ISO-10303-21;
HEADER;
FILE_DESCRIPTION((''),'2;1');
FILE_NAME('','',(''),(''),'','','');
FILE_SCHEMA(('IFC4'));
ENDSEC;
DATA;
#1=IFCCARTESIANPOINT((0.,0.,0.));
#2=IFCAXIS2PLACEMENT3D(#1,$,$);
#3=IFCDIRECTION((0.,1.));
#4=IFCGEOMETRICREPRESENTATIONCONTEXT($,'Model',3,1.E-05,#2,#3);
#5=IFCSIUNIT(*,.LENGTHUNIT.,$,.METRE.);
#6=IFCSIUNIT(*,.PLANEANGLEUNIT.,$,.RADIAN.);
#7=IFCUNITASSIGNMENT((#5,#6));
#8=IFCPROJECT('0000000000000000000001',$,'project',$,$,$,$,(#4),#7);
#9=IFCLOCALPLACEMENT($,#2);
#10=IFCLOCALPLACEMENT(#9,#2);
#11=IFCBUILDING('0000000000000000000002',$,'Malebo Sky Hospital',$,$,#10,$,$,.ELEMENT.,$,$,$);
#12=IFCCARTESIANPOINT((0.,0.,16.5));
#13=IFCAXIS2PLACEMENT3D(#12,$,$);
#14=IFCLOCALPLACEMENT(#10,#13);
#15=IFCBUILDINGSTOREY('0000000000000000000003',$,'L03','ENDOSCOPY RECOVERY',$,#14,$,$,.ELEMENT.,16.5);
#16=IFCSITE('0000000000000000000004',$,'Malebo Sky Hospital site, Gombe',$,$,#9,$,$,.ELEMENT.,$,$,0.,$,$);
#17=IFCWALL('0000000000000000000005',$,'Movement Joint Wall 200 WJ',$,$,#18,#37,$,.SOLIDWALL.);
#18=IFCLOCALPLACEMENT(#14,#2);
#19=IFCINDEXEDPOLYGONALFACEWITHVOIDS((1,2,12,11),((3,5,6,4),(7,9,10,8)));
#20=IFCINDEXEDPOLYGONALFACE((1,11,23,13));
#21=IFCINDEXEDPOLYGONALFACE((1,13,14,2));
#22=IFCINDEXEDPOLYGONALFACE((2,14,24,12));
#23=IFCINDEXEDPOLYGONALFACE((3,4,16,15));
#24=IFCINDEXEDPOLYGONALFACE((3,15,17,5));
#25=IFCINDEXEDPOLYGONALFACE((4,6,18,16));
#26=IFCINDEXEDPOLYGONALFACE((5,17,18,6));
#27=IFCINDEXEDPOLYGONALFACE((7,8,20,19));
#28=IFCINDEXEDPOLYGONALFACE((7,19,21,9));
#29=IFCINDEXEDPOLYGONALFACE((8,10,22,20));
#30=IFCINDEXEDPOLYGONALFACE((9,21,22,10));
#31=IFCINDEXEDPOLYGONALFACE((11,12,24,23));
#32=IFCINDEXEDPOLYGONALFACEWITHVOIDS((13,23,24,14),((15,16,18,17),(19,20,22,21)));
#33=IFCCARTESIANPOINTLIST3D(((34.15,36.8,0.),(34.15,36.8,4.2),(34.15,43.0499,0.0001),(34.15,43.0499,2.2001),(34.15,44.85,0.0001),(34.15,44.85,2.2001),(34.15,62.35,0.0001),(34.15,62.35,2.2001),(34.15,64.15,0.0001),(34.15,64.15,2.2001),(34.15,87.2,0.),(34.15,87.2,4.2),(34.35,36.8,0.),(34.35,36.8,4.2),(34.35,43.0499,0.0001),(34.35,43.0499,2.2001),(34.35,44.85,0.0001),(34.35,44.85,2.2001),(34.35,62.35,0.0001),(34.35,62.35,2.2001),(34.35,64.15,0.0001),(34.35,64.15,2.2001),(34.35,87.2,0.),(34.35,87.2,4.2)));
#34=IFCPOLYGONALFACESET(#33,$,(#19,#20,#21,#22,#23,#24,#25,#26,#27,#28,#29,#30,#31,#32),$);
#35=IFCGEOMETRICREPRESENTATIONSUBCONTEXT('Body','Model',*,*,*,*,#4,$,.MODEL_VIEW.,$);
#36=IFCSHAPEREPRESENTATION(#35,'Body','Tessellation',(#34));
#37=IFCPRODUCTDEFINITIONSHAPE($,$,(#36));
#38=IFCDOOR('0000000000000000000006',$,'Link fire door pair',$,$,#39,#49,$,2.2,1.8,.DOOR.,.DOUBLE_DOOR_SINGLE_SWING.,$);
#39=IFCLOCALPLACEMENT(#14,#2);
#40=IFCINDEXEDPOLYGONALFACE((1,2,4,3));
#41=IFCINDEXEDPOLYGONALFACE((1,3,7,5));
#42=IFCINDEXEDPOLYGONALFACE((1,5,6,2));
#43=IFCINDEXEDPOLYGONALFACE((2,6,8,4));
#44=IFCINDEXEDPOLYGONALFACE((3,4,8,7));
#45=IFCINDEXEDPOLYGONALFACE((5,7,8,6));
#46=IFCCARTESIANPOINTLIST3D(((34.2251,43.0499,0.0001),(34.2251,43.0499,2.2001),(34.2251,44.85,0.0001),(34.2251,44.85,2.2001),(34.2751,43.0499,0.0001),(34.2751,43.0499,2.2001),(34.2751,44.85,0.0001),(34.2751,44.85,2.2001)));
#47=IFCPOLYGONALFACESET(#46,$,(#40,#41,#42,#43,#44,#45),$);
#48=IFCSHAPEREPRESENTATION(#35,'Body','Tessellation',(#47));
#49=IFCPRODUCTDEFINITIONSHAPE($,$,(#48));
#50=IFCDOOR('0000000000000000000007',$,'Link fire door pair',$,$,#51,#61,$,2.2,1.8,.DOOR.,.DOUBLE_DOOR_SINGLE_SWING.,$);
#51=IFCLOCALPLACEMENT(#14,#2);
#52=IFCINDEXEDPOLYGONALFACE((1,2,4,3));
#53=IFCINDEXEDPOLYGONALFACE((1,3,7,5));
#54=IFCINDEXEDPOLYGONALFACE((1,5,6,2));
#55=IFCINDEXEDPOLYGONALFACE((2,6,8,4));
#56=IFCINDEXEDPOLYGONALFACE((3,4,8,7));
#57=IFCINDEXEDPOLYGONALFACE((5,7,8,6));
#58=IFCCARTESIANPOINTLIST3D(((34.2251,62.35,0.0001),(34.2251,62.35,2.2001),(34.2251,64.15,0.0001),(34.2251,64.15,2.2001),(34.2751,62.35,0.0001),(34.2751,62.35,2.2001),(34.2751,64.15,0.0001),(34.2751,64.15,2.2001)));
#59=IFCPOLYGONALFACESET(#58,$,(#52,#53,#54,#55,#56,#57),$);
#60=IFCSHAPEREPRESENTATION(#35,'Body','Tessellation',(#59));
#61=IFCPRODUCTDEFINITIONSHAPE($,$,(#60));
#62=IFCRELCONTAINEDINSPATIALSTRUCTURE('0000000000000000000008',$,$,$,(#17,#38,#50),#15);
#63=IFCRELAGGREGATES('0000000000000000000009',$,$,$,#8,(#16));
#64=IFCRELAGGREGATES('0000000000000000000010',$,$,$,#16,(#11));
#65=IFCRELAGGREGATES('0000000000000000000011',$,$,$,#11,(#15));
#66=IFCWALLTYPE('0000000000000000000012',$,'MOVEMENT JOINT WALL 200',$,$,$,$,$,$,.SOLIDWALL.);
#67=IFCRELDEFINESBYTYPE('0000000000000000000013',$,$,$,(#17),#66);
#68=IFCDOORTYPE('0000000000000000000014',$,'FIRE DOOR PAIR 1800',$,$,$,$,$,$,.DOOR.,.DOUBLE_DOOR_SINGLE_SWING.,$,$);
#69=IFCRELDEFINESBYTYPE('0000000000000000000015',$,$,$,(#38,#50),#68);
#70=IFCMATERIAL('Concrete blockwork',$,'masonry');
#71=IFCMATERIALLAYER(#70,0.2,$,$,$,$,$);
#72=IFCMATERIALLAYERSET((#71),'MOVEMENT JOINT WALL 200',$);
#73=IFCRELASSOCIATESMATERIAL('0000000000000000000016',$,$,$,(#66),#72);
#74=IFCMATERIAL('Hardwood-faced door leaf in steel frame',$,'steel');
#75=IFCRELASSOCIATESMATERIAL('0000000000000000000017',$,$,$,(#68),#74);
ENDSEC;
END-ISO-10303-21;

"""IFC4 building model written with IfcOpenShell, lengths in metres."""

from ifc_helpers import new_model, si_unit, direction, frame, frame_2d, origin, place, context, subcontext, project, spatial, rectangle, extrude, material, layer, layer_set, type_object, element, fill, save


model = new_model("IFC4")

# Units and contexts
model_context = context("Model", 3, precision=1e-05, world=origin(), true_north=direction((0.0, 1.0)))
body_context = subcontext(model_context, "Body", "Model", "MODEL_VIEW")
ifc_project = project(units=[si_unit("LENGTHUNIT", "METRE"), si_unit("PLANEANGLEUNIT", "RADIAN")], contexts=[model_context])

# Site, building, storey
site_placement = place(None, origin())
site = spatial("IfcSite", under=ifc_project, at=site_placement, Name="Malebo Sky Hospital site, Gombe", CompositionType="ELEMENT", RefElevation=0.0)
building_placement = place(site_placement, origin())
building = spatial("IfcBuilding", under=site, at=building_placement, Name="Malebo Sky Hospital", CompositionType="ELEMENT")
storey_placement = place(building_placement, frame((0.0, 0.0, 16.5)))
storey = spatial("IfcBuildingStorey", under=building, at=storey_placement, Name="L03", Description="ENDOSCOPY RECOVERY", CompositionType="ELEMENT", Elevation=16.5)

# Wall, openings, doors
ifc_material_1 = material(Name="Concrete blockwork", Category="masonry")
ifc_layer_1 = layer(ifc_material_1, 0.2)
ifc_layer_set_1 = layer_set([ifc_layer_1], Name="MOVEMENT JOINT WALL 200")
wall_type = type_object("IfcWallType", Name="MOVEMENT JOINT WALL 200", PredefinedType="SOLIDWALL", material=ifc_layer_set_1)
wall_placement = place(storey_placement, frame((34.25, 36.8, 0.0), z_axis=(0.0, 0.0, 1.0), x_axis=(0.0, 1.0, 0.0)))
wall = element("IfcWall", 1, at=wall_placement, inside=storey, type_object=wall_type, Name="Movement Joint Wall 200 WJ", PredefinedType="SOLIDWALL", context=body_context, shape_type="SweptSolid", body=[
    extrude(rectangle(XDim=50.3999, YDim=0.2, at=frame_2d((25.2, 0.0))), origin(), (0.0, 0.0, 1.0), 4.2),
])
opening_1_placement = place(wall_placement, frame((6.25, 0.0, 0.0)))
opening_1 = element("IfcOpeningElement", 2, at=opening_1_placement, cuts=wall, PredefinedType="OPENING", context=body_context, shape_type="SweptSolid", body=[
    extrude(rectangle(XDim=1.8, YDim=2.2, at=frame_2d((0.8999, 1.1001))), frame((0.0, 0.1099, 0.0), z_axis=(0.0, -1.0, 0.0), x_axis=(1.0, 0.0, 0.0)), (0.0, 0.0, 1.0), 0.22),
])
opening_2_placement = place(wall_placement, frame((25.55, 0.0, 0.0)))
opening_2 = element("IfcOpeningElement", 3, at=opening_2_placement, cuts=wall, PredefinedType="OPENING", context=body_context, shape_type="SweptSolid", body=[
    extrude(rectangle(XDim=1.8, YDim=2.2, at=frame_2d((0.8999, 1.1001))), frame((0.0, 0.1099, 0.0), z_axis=(0.0, -1.0, 0.0), x_axis=(1.0, 0.0, 0.0)), (0.0, 0.0, 1.0), 0.22),
])
ifc_material_2 = material(Name="Hardwood-faced door leaf in steel frame", Category="steel")
door_type = type_object("IfcDoorType", Name="FIRE DOOR PAIR 1800", OperationType="DOUBLE_DOOR_SINGLE_SWING", PredefinedType="DOOR", material=ifc_material_2)
door_1_placement = place(opening_1_placement, origin())
door_1 = element("IfcDoor", 4, at=door_1_placement, inside=storey, type_object=door_type, Name="Link fire door pair", OperationType="DOUBLE_DOOR_SINGLE_SWING", OverallHeight=2.2, OverallWidth=1.8, PredefinedType="DOOR", context=body_context, shape_type="SweptSolid", body=[
    extrude(rectangle(XDim=1.8, YDim=2.2, at=frame_2d((0.8999, 1.1001))), frame((0.0, 0.0249, 0.0), z_axis=(0.0, -1.0, 0.0), x_axis=(1.0, 0.0, 0.0)), (0.0, 0.0, 1.0), 0.05),
])
fill(opening_1, door_1)
door_2_placement = place(opening_2_placement, origin())
door_2 = element("IfcDoor", 5, at=door_2_placement, inside=storey, type_object=door_type, Name="Link fire door pair", OperationType="DOUBLE_DOOR_SINGLE_SWING", OverallHeight=2.2, OverallWidth=1.8, PredefinedType="DOOR", context=body_context, shape_type="SweptSolid", body=[
    extrude(rectangle(XDim=1.8, YDim=2.2, at=frame_2d((0.8999, 1.1001))), frame((0.0, 0.0249, 0.0), z_axis=(0.0, -1.0, 0.0), x_axis=(1.0, 0.0, 0.0)), (0.0, 0.0, 1.0), 0.05),
])
fill(opening_2, door_2)

save(model, "model.ifc")
